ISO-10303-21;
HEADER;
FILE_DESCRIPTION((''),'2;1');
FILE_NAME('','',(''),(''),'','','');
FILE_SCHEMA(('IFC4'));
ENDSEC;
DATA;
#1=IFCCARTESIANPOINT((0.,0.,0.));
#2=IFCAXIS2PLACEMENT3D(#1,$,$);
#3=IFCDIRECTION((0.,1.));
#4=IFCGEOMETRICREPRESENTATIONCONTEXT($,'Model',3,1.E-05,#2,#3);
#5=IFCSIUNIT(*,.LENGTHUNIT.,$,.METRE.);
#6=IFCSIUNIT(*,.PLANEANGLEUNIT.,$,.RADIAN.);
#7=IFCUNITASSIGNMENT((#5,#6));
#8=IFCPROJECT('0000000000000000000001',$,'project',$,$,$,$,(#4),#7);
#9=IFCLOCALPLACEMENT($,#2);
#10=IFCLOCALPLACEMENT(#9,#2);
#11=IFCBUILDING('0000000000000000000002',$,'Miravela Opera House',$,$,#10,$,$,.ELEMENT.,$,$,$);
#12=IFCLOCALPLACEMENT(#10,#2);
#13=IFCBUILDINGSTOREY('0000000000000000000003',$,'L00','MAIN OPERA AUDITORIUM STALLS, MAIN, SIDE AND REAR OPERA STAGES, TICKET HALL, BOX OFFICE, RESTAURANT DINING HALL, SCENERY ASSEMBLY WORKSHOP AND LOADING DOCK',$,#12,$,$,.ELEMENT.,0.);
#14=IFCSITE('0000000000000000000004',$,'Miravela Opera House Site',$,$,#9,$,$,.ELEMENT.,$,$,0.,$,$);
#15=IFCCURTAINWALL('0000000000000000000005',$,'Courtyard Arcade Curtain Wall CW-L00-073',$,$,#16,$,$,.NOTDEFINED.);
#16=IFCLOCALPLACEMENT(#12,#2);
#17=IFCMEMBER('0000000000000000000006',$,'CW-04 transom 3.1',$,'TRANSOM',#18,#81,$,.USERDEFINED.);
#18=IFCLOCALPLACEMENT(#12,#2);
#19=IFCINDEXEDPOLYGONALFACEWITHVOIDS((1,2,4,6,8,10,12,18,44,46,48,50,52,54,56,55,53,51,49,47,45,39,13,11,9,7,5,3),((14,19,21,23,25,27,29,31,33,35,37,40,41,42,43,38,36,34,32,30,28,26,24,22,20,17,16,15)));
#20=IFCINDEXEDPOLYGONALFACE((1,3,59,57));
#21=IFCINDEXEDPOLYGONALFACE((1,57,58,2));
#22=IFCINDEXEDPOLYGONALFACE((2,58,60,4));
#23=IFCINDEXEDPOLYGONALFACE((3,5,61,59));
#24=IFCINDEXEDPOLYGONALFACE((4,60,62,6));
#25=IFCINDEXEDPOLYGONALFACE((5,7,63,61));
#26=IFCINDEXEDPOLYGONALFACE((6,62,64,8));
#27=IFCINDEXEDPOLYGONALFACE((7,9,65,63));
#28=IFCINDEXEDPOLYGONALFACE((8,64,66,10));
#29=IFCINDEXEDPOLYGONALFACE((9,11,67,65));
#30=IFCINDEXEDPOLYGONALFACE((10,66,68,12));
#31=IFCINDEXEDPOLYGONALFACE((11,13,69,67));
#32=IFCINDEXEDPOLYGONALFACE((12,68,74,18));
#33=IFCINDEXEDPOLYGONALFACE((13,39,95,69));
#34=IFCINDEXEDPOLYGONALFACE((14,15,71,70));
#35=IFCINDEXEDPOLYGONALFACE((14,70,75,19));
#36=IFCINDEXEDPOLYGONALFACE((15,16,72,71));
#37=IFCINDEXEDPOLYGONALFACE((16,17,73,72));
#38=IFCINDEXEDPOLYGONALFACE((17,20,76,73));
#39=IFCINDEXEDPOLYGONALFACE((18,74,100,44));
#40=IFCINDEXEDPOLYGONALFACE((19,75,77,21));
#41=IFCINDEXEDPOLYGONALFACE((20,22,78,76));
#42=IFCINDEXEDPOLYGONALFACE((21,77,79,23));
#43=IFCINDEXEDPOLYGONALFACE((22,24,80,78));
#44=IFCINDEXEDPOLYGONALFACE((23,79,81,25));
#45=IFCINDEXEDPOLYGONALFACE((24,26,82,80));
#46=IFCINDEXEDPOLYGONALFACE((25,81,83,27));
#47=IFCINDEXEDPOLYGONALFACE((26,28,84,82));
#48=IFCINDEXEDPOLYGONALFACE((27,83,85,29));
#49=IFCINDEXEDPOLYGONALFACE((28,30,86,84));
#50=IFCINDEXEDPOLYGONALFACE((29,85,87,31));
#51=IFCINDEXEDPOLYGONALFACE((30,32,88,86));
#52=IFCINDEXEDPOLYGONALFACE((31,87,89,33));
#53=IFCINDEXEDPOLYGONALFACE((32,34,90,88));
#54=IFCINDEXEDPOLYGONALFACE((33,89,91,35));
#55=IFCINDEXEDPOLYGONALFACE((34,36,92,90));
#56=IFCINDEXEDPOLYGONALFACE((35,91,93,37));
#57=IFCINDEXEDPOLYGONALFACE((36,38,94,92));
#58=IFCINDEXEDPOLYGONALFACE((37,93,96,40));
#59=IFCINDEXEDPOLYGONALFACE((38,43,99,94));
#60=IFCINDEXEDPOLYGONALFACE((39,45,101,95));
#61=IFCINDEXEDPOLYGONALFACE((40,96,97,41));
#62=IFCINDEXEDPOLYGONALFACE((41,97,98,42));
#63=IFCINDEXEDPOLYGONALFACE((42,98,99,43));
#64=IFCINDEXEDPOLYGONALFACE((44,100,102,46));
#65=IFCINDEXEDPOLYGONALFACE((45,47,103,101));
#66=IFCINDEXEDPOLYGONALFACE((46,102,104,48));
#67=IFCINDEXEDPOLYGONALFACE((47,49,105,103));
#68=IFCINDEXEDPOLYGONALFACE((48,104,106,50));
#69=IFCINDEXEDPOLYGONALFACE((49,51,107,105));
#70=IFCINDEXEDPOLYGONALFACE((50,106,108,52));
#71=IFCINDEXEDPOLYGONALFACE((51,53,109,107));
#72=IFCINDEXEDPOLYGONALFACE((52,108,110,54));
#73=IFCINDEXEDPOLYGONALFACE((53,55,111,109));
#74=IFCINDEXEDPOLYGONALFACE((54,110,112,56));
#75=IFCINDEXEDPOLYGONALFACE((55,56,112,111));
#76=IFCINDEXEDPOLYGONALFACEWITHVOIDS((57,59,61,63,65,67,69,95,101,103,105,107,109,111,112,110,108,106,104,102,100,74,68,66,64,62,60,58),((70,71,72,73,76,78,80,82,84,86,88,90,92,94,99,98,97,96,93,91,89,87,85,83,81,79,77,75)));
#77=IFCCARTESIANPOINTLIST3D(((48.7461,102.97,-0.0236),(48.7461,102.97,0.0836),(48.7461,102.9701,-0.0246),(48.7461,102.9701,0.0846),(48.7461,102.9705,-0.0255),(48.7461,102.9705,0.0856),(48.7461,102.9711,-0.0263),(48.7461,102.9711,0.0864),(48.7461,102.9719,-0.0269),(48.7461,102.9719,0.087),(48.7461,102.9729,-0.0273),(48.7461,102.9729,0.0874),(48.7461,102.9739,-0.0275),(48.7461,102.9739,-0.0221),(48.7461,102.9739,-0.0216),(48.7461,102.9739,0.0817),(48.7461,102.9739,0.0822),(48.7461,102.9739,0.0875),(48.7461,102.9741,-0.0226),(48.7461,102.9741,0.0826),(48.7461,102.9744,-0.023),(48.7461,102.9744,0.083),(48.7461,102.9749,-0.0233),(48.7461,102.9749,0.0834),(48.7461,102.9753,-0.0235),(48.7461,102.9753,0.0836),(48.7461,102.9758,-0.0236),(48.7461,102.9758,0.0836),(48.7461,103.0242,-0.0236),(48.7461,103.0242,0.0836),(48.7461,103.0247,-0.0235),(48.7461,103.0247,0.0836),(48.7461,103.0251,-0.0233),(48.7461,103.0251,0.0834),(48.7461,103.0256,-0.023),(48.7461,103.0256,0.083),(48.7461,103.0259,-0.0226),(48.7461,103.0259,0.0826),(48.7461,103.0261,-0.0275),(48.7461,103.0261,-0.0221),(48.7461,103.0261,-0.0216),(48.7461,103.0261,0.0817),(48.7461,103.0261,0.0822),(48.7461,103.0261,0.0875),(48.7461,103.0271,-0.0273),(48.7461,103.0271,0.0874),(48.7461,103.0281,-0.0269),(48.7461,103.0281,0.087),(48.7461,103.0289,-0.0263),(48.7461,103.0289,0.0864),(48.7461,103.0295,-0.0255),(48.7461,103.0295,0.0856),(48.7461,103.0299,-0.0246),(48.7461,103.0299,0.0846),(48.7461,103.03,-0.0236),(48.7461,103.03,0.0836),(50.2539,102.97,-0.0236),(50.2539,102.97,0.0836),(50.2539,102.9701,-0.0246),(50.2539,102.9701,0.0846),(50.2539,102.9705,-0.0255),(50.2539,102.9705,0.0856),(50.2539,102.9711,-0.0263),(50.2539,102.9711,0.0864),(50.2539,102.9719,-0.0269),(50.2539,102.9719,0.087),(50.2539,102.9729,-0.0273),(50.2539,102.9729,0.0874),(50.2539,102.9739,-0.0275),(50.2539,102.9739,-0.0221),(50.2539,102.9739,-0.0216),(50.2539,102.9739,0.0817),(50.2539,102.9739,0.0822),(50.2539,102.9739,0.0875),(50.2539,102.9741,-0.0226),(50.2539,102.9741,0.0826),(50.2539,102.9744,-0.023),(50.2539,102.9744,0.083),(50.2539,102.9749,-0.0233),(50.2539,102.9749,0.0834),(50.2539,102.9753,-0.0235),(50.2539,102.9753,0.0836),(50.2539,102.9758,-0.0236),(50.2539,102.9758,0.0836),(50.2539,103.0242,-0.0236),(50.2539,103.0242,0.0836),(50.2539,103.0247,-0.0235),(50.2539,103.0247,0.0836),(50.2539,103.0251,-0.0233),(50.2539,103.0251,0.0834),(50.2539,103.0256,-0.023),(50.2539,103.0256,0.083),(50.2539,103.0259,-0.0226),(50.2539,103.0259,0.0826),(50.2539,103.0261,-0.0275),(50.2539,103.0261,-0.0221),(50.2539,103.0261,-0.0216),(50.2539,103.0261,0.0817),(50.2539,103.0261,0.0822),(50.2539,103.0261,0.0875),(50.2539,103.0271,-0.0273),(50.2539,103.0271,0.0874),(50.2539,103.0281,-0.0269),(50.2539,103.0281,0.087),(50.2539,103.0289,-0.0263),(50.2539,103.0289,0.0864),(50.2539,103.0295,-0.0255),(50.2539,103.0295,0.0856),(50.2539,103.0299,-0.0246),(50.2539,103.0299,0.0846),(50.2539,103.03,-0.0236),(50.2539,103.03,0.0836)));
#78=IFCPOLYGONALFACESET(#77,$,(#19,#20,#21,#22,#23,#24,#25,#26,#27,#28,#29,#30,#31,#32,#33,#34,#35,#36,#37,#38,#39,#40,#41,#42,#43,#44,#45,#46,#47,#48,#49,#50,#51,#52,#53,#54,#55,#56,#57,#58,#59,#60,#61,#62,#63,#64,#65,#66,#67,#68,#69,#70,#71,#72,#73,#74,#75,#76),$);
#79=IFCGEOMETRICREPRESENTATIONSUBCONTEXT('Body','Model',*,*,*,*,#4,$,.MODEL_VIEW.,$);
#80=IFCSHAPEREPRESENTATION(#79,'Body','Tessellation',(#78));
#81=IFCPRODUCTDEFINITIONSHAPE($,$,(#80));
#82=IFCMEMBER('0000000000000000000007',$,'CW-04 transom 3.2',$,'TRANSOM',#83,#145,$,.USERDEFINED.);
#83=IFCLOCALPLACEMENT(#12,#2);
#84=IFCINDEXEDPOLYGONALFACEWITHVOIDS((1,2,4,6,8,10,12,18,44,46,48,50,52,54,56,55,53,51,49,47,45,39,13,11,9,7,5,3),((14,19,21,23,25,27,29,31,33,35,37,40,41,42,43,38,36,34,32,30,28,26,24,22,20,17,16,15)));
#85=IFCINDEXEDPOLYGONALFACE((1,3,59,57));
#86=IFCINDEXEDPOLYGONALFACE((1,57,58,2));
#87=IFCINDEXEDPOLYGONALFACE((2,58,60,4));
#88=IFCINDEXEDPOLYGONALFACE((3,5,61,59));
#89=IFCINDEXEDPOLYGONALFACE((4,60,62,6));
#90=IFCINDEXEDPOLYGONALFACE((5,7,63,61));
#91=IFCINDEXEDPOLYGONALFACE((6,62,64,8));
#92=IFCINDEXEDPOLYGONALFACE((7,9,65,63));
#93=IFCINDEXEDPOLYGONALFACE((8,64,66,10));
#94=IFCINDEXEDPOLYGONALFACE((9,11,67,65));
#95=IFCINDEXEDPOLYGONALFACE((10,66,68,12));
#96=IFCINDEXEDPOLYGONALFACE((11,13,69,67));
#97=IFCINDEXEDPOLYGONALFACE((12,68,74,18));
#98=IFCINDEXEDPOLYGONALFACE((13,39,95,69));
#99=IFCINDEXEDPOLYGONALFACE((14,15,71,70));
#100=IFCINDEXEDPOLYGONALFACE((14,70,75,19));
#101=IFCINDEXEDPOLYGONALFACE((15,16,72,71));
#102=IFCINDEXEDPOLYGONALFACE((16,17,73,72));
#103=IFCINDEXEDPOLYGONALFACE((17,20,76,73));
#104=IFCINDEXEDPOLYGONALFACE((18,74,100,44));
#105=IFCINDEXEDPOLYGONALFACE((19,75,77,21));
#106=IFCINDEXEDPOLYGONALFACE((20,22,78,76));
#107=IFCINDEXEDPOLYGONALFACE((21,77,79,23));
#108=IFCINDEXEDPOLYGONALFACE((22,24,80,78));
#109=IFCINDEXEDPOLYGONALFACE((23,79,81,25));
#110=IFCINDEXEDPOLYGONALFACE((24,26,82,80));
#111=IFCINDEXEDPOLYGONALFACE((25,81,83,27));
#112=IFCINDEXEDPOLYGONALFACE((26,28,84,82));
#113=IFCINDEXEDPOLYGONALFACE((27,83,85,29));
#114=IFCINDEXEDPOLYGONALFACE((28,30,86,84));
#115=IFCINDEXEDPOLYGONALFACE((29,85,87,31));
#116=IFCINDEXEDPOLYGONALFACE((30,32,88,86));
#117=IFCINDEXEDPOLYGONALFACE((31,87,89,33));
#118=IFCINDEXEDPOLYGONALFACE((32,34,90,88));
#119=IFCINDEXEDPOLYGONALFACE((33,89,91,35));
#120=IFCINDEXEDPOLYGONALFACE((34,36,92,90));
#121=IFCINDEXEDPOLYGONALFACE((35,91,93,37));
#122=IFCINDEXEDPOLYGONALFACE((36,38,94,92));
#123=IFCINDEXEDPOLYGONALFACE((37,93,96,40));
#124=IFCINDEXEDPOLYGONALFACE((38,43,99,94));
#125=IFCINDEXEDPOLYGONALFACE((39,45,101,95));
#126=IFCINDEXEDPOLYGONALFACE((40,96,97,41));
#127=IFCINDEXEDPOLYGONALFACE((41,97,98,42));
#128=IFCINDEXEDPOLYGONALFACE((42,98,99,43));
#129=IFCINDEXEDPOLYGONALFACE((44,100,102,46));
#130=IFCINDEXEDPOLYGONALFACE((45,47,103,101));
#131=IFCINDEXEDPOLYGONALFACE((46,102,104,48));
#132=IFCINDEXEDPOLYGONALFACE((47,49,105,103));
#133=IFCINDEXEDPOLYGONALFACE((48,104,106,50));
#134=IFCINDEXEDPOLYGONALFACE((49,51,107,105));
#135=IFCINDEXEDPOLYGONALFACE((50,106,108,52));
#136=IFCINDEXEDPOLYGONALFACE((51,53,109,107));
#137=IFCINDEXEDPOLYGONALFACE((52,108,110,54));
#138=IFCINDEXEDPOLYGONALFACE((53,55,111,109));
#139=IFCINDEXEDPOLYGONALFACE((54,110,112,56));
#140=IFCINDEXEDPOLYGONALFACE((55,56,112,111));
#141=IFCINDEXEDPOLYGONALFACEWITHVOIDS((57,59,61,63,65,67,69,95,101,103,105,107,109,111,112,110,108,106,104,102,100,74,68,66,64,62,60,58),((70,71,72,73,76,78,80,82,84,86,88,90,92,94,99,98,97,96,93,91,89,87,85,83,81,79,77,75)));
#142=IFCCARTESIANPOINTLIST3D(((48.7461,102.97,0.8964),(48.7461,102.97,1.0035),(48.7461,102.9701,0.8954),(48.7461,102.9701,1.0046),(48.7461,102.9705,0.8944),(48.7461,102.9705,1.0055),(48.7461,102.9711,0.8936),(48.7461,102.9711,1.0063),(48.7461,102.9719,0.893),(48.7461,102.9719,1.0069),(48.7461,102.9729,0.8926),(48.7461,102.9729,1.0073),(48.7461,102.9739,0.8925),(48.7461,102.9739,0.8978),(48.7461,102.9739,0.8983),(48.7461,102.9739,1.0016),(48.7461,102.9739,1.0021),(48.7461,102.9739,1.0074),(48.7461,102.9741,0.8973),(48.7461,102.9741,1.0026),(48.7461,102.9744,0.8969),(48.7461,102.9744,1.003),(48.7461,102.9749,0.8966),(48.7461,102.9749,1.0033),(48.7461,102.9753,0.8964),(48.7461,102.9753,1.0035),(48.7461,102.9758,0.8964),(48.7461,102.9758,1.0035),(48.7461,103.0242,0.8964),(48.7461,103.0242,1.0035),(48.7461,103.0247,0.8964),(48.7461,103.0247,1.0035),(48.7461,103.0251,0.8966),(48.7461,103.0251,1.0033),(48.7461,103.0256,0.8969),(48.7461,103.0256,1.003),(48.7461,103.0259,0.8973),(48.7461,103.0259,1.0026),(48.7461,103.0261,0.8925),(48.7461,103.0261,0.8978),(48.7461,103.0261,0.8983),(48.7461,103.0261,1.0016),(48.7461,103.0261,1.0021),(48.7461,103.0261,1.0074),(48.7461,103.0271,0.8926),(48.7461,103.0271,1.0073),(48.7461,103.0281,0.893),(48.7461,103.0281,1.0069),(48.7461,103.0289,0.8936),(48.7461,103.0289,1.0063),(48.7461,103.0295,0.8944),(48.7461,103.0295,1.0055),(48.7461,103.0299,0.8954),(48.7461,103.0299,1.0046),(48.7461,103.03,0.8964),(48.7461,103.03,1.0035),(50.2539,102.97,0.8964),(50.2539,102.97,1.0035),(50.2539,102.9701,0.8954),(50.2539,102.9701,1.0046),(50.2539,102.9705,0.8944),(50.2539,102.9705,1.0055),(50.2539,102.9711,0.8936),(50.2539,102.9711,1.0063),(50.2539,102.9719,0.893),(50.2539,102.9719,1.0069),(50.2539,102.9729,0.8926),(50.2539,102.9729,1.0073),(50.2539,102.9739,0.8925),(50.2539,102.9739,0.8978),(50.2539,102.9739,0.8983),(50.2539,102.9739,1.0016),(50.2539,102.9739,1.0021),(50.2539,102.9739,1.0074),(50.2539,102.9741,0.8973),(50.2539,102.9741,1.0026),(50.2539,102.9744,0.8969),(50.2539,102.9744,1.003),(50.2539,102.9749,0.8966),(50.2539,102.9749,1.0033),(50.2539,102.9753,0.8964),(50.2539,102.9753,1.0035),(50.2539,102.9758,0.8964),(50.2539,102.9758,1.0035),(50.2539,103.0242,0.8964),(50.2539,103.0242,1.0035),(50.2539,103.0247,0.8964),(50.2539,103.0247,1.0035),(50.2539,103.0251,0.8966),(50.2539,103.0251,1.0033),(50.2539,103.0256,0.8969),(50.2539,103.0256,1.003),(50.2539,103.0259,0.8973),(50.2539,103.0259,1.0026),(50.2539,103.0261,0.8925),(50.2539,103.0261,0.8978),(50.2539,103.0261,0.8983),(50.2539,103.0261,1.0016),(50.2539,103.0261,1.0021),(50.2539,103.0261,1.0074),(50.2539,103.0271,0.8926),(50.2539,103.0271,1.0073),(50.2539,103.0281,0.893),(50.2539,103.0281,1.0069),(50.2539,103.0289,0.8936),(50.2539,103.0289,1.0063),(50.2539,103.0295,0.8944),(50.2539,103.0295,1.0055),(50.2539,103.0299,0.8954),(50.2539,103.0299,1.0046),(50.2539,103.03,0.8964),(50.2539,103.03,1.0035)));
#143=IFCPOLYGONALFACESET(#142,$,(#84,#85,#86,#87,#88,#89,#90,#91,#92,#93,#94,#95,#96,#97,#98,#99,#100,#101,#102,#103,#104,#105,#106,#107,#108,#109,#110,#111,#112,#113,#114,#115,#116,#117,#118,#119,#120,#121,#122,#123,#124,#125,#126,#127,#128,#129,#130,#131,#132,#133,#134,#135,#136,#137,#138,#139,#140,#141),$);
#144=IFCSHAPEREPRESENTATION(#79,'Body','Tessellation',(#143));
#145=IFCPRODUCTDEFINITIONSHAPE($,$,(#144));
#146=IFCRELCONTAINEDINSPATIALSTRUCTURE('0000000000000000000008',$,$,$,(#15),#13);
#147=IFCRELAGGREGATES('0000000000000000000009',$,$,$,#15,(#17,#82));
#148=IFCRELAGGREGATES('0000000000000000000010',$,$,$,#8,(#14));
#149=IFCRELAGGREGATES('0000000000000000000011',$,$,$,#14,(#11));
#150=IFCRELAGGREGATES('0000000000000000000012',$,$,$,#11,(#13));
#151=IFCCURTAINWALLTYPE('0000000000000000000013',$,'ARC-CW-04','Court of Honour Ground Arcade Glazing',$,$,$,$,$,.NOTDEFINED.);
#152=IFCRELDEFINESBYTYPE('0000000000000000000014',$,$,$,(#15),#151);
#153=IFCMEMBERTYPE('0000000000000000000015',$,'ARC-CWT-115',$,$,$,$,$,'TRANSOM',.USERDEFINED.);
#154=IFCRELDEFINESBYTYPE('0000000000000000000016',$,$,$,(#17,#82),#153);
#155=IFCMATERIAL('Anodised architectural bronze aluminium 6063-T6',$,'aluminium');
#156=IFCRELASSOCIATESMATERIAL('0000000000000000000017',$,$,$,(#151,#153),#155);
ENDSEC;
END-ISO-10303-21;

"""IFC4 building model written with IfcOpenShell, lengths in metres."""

from ifc_helpers import new_model, si_unit, direction, frame, origin, origin_2d, place, context, subcontext, project, spatial, hollow_rectangle, extrude, material, material_profile, profile_set, type_object, element, aggregate, save


model = new_model("IFC4")

# Units and contexts
model_context = context("Model", 3, precision=1e-05, world=origin(), true_north=direction((0.0, 1.0)))
body_context = subcontext(model_context, "Body", "Model", "MODEL_VIEW")
ifc_project = project(units=[si_unit("LENGTHUNIT", "METRE"), si_unit("PLANEANGLEUNIT", "RADIAN")], contexts=[model_context])

# Site, building, storey
site_placement = place(None, origin())
site = spatial("IfcSite", under=ifc_project, at=site_placement, Name="Miravela Opera House Site", CompositionType="ELEMENT", RefElevation=0.0)
building_placement = place(site_placement, origin())
building = spatial("IfcBuilding", under=site, at=building_placement, Name="Miravela Opera House", CompositionType="ELEMENT")
storey_placement = place(building_placement, origin())
storey = spatial("IfcBuildingStorey", under=building, at=storey_placement, Name="L00", Description="MAIN OPERA AUDITORIUM STALLS, MAIN, SIDE AND REAR OPERA STAGES, TICKET HALL, BOX OFFICE, RESTAURANT DINING HALL, SCENERY ASSEMBLY WORKSHOP AND LOADING DOCK", CompositionType="ELEMENT", Elevation=0.0)

# Curtain wall, members
ifc_material_1 = material(Name="Anodised architectural bronze aluminium 6063-T6", Category="aluminium")
curtain_wall_type = type_object("IfcCurtainWallType", Name="ARC-CW-04", Description="Court of Honour Ground Arcade Glazing", PredefinedType="NOTDEFINED", material=ifc_material_1)
curtain_wall_placement = place(storey_placement, origin())
curtain_wall = element("IfcCurtainWall", 1, at=curtain_wall_placement, inside=storey, type_object=curtain_wall_type, Name="Courtyard Arcade Curtain Wall CW-L00-073", PredefinedType="NOTDEFINED")
ifc_material_profile_1 = material_profile(ifc_material_1, hollow_rectangle(XDim=0.0601, YDim=0.115, WallThickness=0.0039, InnerFilletRadius=0.002, OuterFilletRadius=0.0039, at=origin_2d()), Name="CWT-60X115")
ifc_profile_set_1 = profile_set([ifc_material_profile_1])
member_type_1 = type_object("IfcMemberType", Name="ARC-CWT-115", ElementType="TRANSOM", PredefinedType="USERDEFINED", material=ifc_profile_set_1)
member_1_placement = place(storey_placement, frame((48.7461, 103.0, 0.03), z_axis=(1.0, 0.0, 0.0), x_axis=(0.0, 1.0, 0.0)))
member_1 = element("IfcMember", 2, at=member_1_placement, type_object=member_type_1, Name="CW-04 transom 3.1", ObjectType="TRANSOM", PredefinedType="USERDEFINED", context=body_context, shape_type="SweptSolid", body=[
    extrude(hollow_rectangle(XDim=0.0601, YDim=0.115, WallThickness=0.0039, InnerFilletRadius=0.002, OuterFilletRadius=0.0039, at=origin_2d()), origin(), (0.0, 0.0, 1.0), 1.5078),
])
member_2_placement = place(storey_placement, frame((48.7461, 103.0, 0.95), z_axis=(1.0, 0.0, 0.0), x_axis=(0.0, 1.0, 0.0)))
member_2 = element("IfcMember", 3, at=member_2_placement, type_object=member_type_1, Name="CW-04 transom 3.2", ObjectType="TRANSOM", PredefinedType="USERDEFINED", context=body_context, shape_type="SweptSolid", body=[
    extrude(hollow_rectangle(XDim=0.0601, YDim=0.115, WallThickness=0.0039, InnerFilletRadius=0.002, OuterFilletRadius=0.0039, at=origin_2d()), origin(), (0.0, 0.0, 1.0), 1.5078),
])
aggregate(curtain_wall, [member_1, member_2])

save(model, "model.ifc")
